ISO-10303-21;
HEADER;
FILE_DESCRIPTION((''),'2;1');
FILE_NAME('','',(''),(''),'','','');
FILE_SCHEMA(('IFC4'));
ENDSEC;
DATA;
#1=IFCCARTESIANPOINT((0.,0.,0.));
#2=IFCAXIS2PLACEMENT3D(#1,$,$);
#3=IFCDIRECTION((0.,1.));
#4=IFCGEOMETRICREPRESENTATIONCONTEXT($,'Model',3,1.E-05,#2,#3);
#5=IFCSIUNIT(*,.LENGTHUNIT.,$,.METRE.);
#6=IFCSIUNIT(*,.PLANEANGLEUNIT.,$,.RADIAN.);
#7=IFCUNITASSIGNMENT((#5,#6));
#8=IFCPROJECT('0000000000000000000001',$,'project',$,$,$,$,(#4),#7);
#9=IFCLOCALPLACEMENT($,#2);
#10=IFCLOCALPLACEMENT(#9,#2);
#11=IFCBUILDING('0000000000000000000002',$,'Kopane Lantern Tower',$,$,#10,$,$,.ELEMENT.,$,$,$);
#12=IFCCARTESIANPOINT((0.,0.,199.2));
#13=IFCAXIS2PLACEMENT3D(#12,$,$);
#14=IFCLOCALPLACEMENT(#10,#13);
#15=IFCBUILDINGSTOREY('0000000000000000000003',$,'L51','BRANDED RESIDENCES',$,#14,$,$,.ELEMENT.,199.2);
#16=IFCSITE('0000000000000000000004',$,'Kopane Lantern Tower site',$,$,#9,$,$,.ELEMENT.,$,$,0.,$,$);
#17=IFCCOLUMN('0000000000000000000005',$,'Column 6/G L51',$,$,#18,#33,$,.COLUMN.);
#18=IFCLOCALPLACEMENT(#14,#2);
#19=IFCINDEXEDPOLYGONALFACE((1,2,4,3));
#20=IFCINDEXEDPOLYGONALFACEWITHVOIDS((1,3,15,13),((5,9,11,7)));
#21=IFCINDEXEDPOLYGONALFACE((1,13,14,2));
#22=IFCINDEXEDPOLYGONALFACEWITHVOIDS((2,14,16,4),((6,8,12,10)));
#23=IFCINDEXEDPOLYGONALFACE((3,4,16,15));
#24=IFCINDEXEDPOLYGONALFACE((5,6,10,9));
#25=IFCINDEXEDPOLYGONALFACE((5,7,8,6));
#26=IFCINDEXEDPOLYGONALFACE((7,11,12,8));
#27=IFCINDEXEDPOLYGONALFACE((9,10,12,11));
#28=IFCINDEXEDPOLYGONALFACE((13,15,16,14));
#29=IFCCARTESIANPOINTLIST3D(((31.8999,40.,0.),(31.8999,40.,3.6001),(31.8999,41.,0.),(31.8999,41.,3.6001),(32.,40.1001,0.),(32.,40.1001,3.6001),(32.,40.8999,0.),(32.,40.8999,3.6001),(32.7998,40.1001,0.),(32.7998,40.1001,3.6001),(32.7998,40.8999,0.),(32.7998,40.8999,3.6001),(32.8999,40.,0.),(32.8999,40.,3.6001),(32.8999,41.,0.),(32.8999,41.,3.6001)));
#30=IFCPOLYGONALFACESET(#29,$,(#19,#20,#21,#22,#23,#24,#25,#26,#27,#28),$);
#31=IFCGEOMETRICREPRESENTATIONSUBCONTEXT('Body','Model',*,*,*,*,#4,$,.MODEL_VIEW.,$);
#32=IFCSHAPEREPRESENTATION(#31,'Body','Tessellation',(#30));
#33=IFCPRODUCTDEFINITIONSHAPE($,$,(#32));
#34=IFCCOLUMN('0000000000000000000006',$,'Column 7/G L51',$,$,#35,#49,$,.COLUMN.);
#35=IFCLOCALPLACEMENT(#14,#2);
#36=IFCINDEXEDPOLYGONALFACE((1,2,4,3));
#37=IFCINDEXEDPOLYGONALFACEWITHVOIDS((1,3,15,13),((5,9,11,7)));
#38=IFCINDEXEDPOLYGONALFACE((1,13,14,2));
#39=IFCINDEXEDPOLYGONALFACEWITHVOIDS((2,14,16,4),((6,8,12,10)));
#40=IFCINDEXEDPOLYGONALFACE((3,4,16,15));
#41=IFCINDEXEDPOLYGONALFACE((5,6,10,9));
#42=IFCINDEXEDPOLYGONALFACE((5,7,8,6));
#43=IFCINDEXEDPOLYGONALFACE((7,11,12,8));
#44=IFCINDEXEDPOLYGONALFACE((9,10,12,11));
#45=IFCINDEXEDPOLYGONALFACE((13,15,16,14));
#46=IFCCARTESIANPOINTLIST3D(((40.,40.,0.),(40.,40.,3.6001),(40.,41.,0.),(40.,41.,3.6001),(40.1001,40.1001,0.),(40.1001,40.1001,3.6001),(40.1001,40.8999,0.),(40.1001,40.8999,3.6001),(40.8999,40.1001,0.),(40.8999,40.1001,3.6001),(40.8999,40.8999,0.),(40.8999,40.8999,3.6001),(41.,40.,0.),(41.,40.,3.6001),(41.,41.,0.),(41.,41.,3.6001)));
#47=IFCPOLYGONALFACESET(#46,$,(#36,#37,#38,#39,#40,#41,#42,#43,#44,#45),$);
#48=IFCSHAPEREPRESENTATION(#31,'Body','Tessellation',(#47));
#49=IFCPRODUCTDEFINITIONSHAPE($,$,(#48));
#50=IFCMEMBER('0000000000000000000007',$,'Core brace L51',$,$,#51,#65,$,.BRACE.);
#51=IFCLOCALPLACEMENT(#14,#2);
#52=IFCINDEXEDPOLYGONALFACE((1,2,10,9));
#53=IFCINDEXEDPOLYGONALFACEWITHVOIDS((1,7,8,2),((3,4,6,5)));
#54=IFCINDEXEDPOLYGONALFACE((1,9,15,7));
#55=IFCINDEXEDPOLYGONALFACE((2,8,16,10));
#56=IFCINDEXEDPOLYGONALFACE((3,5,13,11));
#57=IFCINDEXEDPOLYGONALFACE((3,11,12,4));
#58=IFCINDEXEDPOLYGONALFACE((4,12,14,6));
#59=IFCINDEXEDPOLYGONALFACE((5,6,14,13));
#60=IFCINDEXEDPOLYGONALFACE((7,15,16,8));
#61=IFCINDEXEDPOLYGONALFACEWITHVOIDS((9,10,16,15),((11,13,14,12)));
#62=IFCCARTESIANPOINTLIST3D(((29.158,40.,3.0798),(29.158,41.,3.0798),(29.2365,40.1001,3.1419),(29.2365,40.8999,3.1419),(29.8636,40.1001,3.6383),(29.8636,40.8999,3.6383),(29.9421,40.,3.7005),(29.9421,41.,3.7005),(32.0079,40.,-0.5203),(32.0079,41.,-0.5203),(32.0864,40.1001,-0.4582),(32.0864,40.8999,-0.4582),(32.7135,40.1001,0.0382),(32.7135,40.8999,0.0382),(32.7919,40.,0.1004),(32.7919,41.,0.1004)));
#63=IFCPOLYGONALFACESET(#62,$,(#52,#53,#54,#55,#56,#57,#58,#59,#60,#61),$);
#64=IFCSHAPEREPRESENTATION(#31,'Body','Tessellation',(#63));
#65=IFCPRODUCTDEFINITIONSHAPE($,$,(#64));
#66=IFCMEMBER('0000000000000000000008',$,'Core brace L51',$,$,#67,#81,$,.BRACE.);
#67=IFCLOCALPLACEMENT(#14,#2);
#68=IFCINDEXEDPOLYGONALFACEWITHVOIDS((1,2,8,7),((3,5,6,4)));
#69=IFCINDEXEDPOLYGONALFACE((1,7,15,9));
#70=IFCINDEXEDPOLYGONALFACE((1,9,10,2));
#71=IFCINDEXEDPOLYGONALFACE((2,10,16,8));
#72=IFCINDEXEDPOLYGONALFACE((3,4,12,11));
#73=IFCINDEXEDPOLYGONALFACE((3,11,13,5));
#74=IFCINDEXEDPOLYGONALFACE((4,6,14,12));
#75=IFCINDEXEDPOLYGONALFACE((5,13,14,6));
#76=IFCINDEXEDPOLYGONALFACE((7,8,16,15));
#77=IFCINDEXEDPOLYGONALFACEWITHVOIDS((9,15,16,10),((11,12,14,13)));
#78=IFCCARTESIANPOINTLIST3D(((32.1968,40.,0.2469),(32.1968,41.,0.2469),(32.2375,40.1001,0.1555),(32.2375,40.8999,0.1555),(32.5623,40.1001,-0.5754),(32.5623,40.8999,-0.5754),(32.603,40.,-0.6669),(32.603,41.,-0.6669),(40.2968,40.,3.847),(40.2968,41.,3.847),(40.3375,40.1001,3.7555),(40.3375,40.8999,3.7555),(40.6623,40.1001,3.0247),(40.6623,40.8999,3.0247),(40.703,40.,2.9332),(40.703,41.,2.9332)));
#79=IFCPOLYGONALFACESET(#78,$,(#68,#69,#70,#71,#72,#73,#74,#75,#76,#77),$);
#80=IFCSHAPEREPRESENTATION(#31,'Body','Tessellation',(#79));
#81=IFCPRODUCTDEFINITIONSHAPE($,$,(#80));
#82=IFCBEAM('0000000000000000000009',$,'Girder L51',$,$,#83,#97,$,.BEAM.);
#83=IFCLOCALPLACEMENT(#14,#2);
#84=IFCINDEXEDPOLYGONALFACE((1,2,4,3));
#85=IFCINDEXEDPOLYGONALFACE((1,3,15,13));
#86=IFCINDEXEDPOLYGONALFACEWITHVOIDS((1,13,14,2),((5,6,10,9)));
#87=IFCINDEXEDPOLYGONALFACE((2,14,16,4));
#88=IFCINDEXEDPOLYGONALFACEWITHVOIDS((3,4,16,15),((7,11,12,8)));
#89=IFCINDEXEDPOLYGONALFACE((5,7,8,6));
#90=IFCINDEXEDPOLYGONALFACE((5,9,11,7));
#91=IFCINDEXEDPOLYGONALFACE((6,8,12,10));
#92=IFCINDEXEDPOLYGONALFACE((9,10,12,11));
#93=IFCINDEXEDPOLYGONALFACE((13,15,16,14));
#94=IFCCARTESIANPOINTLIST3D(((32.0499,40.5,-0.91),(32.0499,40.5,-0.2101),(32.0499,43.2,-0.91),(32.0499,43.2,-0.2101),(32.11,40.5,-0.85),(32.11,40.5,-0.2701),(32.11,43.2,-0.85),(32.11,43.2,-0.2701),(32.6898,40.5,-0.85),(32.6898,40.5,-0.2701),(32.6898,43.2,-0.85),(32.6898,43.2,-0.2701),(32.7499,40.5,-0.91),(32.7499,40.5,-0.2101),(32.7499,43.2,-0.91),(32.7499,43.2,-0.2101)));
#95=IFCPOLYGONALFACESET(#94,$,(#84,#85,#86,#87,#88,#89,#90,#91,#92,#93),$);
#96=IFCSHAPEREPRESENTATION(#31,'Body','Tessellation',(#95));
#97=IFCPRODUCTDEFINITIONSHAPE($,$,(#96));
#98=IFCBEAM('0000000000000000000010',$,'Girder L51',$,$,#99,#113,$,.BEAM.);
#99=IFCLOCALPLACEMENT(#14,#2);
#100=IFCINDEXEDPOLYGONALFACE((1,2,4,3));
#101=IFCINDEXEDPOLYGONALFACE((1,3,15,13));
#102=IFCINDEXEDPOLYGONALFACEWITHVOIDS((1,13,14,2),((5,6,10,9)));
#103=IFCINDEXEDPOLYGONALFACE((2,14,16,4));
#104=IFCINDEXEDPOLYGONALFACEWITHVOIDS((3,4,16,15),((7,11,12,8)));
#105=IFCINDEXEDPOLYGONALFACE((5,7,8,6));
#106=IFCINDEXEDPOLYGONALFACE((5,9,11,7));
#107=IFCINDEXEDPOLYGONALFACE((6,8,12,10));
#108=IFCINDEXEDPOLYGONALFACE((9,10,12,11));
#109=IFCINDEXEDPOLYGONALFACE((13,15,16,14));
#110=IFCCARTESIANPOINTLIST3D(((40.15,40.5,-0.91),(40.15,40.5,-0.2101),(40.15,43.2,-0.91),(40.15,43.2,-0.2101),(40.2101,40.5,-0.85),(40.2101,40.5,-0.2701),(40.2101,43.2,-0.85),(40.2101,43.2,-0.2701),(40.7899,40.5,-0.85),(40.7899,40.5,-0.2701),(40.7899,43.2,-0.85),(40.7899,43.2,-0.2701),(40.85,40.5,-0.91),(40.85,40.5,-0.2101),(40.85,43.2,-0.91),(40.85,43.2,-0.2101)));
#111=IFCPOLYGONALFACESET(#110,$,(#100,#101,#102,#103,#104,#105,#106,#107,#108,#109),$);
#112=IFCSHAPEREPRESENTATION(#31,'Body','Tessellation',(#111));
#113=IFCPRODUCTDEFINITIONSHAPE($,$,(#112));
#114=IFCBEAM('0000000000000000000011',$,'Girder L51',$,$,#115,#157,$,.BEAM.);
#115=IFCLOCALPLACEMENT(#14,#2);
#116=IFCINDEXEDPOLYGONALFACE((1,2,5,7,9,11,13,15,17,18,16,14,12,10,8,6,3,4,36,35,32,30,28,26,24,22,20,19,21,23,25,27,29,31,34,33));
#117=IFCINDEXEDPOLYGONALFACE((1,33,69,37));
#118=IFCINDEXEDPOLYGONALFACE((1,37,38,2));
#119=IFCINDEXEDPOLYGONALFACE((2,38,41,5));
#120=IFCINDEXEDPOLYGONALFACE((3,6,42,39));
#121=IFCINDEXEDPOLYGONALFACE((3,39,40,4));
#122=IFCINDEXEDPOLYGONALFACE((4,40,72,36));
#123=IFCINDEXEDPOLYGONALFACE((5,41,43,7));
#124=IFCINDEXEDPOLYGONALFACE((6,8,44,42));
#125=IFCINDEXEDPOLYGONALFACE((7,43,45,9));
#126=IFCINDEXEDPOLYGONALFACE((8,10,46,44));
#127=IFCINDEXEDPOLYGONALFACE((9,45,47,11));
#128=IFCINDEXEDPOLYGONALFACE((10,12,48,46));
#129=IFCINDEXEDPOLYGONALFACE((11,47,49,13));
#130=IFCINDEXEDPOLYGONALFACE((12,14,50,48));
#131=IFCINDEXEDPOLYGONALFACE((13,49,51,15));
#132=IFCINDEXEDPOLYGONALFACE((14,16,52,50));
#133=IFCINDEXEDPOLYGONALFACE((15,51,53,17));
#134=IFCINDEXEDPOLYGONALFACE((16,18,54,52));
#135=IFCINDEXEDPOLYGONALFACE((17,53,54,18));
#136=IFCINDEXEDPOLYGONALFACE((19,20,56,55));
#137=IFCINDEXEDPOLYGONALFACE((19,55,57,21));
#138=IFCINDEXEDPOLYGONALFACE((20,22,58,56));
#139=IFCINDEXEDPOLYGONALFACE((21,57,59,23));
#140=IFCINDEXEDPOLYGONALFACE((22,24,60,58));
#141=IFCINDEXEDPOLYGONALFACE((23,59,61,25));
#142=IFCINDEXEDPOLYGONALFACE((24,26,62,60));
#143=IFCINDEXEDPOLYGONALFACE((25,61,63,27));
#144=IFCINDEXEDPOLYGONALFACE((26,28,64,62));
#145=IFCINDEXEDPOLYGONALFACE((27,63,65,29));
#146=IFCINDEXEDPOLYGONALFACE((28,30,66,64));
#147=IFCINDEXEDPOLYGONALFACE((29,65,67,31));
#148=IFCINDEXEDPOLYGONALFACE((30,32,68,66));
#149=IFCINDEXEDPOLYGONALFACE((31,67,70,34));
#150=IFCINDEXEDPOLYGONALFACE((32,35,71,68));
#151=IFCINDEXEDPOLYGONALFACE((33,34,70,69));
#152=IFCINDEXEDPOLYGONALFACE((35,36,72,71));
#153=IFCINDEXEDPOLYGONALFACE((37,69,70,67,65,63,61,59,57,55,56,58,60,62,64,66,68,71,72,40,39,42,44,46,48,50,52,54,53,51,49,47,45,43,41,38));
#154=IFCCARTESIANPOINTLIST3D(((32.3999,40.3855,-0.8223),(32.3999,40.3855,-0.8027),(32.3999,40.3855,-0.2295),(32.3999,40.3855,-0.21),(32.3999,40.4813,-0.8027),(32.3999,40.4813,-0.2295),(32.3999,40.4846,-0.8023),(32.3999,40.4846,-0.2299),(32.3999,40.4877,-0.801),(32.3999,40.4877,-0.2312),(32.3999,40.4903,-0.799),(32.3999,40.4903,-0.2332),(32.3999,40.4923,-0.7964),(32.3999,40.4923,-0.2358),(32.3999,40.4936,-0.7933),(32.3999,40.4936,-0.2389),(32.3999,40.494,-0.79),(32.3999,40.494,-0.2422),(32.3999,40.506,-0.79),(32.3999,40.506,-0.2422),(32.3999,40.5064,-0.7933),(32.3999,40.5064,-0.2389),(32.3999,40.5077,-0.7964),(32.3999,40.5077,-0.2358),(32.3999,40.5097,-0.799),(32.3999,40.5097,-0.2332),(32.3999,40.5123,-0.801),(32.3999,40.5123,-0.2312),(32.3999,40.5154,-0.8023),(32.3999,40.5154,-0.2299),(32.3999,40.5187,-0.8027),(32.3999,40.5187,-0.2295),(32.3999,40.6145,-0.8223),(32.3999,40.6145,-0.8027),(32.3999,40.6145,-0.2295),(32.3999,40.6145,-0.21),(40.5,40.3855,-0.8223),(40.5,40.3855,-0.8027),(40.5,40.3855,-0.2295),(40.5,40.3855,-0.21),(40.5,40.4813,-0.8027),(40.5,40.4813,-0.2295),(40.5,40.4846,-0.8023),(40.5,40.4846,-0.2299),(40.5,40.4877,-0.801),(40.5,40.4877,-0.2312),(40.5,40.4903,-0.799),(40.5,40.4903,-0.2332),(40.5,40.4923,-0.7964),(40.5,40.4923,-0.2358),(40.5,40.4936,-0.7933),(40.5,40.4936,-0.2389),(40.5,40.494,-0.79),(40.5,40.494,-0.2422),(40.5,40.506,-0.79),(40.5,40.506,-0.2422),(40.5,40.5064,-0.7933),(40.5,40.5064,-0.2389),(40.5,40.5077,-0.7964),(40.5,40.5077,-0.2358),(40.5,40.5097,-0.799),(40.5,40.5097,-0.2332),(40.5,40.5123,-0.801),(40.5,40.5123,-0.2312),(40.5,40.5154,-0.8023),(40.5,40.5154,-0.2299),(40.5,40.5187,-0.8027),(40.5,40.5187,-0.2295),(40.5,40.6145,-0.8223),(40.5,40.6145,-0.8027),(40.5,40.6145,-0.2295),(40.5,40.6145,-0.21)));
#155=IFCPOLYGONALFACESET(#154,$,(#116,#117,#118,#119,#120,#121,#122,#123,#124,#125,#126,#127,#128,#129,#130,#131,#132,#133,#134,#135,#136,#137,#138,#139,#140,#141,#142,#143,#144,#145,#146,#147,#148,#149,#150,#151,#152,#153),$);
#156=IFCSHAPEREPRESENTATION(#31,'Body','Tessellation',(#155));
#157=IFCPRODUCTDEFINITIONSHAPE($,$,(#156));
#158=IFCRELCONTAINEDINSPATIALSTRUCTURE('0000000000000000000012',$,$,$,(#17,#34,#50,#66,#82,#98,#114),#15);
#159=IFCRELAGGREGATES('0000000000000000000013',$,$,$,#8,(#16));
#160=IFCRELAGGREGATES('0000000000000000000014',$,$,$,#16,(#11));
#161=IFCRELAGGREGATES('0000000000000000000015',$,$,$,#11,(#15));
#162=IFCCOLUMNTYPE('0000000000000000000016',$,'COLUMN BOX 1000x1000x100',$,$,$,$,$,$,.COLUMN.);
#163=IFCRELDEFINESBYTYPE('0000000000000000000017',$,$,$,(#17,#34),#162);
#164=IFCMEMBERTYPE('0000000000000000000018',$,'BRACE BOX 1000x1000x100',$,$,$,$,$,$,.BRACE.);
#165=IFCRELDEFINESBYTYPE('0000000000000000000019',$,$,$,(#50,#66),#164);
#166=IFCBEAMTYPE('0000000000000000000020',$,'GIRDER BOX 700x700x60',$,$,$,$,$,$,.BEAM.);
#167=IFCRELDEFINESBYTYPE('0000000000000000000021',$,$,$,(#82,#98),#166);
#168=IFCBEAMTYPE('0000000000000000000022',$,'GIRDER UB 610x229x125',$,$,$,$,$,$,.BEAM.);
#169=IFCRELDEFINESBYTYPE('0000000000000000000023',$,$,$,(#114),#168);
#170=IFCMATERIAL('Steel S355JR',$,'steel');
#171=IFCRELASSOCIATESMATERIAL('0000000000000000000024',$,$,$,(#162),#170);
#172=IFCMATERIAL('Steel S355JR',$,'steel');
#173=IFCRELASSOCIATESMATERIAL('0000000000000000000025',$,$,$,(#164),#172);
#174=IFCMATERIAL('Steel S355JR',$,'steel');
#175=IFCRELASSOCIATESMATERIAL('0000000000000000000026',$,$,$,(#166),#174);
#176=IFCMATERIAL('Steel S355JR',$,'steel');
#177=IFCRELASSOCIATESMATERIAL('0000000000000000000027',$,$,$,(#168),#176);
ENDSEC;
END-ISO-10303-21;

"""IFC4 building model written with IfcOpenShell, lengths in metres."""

from ifc_helpers import new_model, si_unit, direction, frame, origin, origin_2d, place, context, subcontext, project, spatial, hollow_rectangle, i_section, extrude, material, material_profile, profile_set, type_object, element, save


model = new_model("IFC4")

# Units and contexts
model_context = context("Model", 3, precision=1e-05, world=origin(), true_north=direction((0.0, 1.0)))
body_context = subcontext(model_context, "Body", "Model", "MODEL_VIEW")
ifc_project = project(units=[si_unit("LENGTHUNIT", "METRE"), si_unit("PLANEANGLEUNIT", "RADIAN")], contexts=[model_context])

# Site, building, storey
site_placement = place(None, origin())
site = spatial("IfcSite", under=ifc_project, at=site_placement, Name="Kopane Lantern Tower site", CompositionType="ELEMENT", RefElevation=0.0)
building_placement = place(site_placement, origin())
building = spatial("IfcBuilding", under=site, at=building_placement, Name="Kopane Lantern Tower", CompositionType="ELEMENT")
storey_placement = place(building_placement, frame((0.0, 0.0, 199.2)))
storey = spatial("IfcBuildingStorey", under=building, at=storey_placement, Name="L51", Description="BRANDED RESIDENCES", CompositionType="ELEMENT", Elevation=199.2)

# Columns
ifc_material_1 = material(Name="Steel S355JR", Category="steel")
ifc_material_profile_1 = material_profile(ifc_material_1, hollow_rectangle(XDim=1.0, YDim=1.0, WallThickness=0.1001, at=origin_2d()), Name="BOX 1000x1000x100")
ifc_profile_set_1 = profile_set([ifc_material_profile_1], Name="Steel S355JR")
column_type = type_object("IfcColumnType", Name="COLUMN BOX 1000x1000x100", PredefinedType="COLUMN", material=ifc_profile_set_1)
for number, where, z_axis, x_axis, name in (
    (1, (32.3999, 40.5, 0.0), (0.0, 0.0, 1.0), (1.0, 0.0, 0.0), "Column 6/G L51"),
    (2, (40.5, 40.5, 0.0), (0.0, 0.0, 1.0), (1.0, 0.0, 0.0), "Column 7/G L51"),
):
    element("IfcColumn", number, at=place(storey_placement, frame(where, z_axis=z_axis, x_axis=x_axis)), inside=storey, type_object=column_type, Name=name, PredefinedType="COLUMN", context=body_context, shape_type="SweptSolid", body=[
        extrude(hollow_rectangle(XDim=1.0, YDim=1.0, WallThickness=0.1001, at=origin_2d()), origin(), (0.0, 0.0, 1.0), 3.6001),
    ])

# Members
ifc_material_2 = material(Name="Steel S355JR", Category="steel")
ifc_material_profile_2 = material_profile(ifc_material_2, hollow_rectangle(XDim=1.0, YDim=1.0, WallThickness=0.1001, at=origin_2d()), Name="BOX 1000x1000x100")
ifc_profile_set_2 = profile_set([ifc_material_profile_2], Name="Steel S355JR")
member_type = type_object("IfcMemberType", Name="BRACE BOX 1000x1000x100", PredefinedType="BRACE", material=ifc_profile_set_2)
member_1_placement = place(storey_placement, frame((32.3999, 40.5, -0.21), z_axis=(-0.620673, 0.0, 0.78407), x_axis=(0.0, -1.0, 0.0)))
element("IfcMember", 3, at=member_1_placement, inside=storey, type_object=member_type, Name="Core brace L51", PredefinedType="BRACE", context=body_context, shape_type="SweptSolid", body=[
    extrude(hollow_rectangle(XDim=1.0, YDim=1.0, WallThickness=0.1001, at=origin_2d()), origin(), (0.0, 0.0, 1.0), 4.5916),
])
member_2_placement = place(storey_placement, frame((32.3999, 40.5, -0.21), z_axis=(0.913809, 0.0, 0.406144), x_axis=(0.0, 1.0, 0.0)))
element("IfcMember", 4, at=member_2_placement, inside=storey, type_object=member_type, Name="Core brace L51", PredefinedType="BRACE", context=body_context, shape_type="SweptSolid", body=[
    extrude(hollow_rectangle(XDim=1.0, YDim=1.0, WallThickness=0.1001, at=origin_2d()), origin(), (0.0, 0.0, 1.0), 8.864),
])

# Beams
ifc_material_3 = material(Name="Steel S355JR", Category="steel")
ifc_material_profile_3 = material_profile(ifc_material_3, hollow_rectangle(XDim=0.7, YDim=0.7, WallThickness=0.0601, at=origin_2d()), Name="BOX 700x700x60")
ifc_profile_set_3 = profile_set([ifc_material_profile_3], Name="Steel S355JR")
beam_type_1 = type_object("IfcBeamType", Name="GIRDER BOX 700x700x60", PredefinedType="BEAM", material=ifc_profile_set_3)
for number, where, z_axis, x_axis, name in (
    (5, (32.3999, 40.5, -0.5601), (0.0, 1.0, 0.0), (-1.0, 0.0, 0.0), "Girder L51"),
    (6, (40.5, 40.5, -0.5601), (0.0, 1.0, 0.0), (-1.0, 0.0, 0.0), "Girder L51"),
):
    element("IfcBeam", number, at=place(storey_placement, frame(where, z_axis=z_axis, x_axis=x_axis)), inside=storey, type_object=beam_type_1, Name=name, PredefinedType="BEAM", context=body_context, shape_type="SweptSolid", body=[
        extrude(hollow_rectangle(XDim=0.7, YDim=0.7, WallThickness=0.0601, at=origin_2d()), origin(), (0.0, 0.0, 1.0), 2.7),
    ])
ifc_material_4 = material(Name="Steel S355JR", Category="steel")
ifc_material_profile_4 = material_profile(ifc_material_4, i_section(OverallWidth=0.229, OverallDepth=0.6123, WebThickness=0.012, FlangeThickness=0.0195, FilletRadius=0.0127, at=origin_2d()), Name="UB 610x229x125")
ifc_profile_set_4 = profile_set([ifc_material_profile_4], Name="Steel S355JR")
beam_type_2 = type_object("IfcBeamType", Name="GIRDER UB 610x229x125", PredefinedType="BEAM", material=ifc_profile_set_4)
for number, where, z_axis, x_axis, name in (
    (7, (32.3999, 40.5, -0.5161), (1.0, 0.0, 0.0), (0.0, 1.0, 0.0), "Girder L51"),
):
    element("IfcBeam", number, at=place(storey_placement, frame(where, z_axis=z_axis, x_axis=x_axis)), inside=storey, type_object=beam_type_2, Name=name, PredefinedType="BEAM", context=body_context, shape_type="SweptSolid", body=[
        extrude(i_section(OverallWidth=0.229, OverallDepth=0.6123, WebThickness=0.012, FlangeThickness=0.0195, FilletRadius=0.0127, at=origin_2d()), origin(), (0.0, 0.0, 1.0), 8.1001),
    ])

save(model, "model.ifc")
